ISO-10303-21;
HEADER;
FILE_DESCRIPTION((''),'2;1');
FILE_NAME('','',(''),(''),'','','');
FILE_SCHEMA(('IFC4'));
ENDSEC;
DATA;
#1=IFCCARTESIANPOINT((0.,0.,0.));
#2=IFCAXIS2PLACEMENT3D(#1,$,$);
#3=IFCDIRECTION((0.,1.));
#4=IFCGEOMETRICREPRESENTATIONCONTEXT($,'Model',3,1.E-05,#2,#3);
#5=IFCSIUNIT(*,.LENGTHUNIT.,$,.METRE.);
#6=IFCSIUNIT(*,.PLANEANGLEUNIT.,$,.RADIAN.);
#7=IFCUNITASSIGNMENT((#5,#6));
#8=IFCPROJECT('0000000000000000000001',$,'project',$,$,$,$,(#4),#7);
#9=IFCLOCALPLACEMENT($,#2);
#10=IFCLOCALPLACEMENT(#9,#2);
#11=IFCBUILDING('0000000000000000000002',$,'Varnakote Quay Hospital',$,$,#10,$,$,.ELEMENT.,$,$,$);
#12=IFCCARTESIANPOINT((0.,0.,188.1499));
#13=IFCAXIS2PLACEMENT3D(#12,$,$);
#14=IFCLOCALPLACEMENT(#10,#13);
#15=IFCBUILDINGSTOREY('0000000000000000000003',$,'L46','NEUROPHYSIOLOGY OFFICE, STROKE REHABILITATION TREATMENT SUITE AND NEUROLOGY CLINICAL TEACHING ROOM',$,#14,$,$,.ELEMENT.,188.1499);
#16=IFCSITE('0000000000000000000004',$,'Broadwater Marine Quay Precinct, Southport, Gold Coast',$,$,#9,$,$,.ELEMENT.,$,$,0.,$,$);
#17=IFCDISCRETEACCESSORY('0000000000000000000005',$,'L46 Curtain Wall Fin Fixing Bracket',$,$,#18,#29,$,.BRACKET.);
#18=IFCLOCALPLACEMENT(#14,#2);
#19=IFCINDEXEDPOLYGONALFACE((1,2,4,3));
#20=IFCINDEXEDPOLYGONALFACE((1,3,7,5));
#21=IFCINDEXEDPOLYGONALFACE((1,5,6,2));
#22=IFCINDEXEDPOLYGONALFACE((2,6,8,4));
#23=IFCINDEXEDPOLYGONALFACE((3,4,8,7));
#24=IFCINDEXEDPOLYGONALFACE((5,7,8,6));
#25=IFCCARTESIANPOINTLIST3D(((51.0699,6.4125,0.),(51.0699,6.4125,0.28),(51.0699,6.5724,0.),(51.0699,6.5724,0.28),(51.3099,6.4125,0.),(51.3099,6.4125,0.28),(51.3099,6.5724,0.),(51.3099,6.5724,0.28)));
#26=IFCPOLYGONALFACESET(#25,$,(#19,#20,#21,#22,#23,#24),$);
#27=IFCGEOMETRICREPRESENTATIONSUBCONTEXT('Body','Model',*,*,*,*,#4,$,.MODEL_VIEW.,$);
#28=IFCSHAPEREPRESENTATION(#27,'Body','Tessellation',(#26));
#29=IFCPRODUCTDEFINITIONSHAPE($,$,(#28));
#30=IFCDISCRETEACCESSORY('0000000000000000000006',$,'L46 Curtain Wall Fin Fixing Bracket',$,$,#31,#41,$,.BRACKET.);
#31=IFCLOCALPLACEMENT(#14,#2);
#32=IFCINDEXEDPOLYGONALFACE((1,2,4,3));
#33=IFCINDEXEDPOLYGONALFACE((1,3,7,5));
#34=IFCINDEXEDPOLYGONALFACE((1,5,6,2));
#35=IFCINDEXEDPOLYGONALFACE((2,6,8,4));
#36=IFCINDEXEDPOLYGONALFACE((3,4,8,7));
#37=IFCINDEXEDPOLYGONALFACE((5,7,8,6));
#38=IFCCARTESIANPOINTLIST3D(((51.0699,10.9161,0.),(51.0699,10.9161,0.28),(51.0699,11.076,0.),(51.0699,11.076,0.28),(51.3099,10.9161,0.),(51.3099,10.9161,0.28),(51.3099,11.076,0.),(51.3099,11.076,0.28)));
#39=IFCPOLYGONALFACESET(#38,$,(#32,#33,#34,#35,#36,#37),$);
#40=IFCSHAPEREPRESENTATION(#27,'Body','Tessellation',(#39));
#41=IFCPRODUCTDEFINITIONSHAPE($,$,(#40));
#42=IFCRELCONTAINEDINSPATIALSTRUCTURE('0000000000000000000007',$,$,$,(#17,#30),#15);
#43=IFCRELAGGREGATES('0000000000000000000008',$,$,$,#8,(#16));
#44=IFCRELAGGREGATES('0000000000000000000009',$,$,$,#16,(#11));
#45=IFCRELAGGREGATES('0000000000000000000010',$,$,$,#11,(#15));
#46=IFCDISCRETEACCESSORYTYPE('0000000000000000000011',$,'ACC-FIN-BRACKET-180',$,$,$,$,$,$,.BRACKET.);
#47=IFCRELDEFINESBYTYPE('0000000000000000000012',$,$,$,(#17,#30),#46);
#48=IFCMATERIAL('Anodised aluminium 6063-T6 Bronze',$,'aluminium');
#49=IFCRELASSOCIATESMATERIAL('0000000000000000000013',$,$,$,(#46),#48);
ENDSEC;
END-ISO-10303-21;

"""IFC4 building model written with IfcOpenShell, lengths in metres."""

from ifc_helpers import new_model, si_unit, direction, frame, origin, origin_2d, place, context, subcontext, project, spatial, rectangle, extrude, material, type_object, element, save


model = new_model("IFC4")

# Units and contexts
model_context = context("Model", 3, precision=1e-05, world=origin(), true_north=direction((0.0, 1.0)))
body_context = subcontext(model_context, "Body", "Model", "MODEL_VIEW")
ifc_project = project(units=[si_unit("LENGTHUNIT", "METRE"), si_unit("PLANEANGLEUNIT", "RADIAN")], contexts=[model_context])

# Site, building, storey
site_placement = place(None, origin())
site = spatial("IfcSite", under=ifc_project, at=site_placement, Name="Broadwater Marine Quay Precinct, Southport, Gold Coast", CompositionType="ELEMENT", RefElevation=0.0)
building_placement = place(site_placement, origin())
building = spatial("IfcBuilding", under=site, at=building_placement, Name="Varnakote Quay Hospital", CompositionType="ELEMENT")
storey_placement = place(building_placement, frame((0.0, 0.0, 188.1499)))
storey = spatial("IfcBuildingStorey", under=building, at=storey_placement, Name="L46", Description="NEUROPHYSIOLOGY OFFICE, STROKE REHABILITATION TREATMENT SUITE AND NEUROLOGY CLINICAL TEACHING ROOM", CompositionType="ELEMENT", Elevation=188.1499)

# Discrete accessories
ifc_material_1 = material(Name="Anodised aluminium 6063-T6 Bronze", Category="aluminium")
discrete_accessory_type = type_object("IfcDiscreteAccessoryType", Name="ACC-FIN-BRACKET-180", PredefinedType="BRACKET", material=ifc_material_1)
for number, where, z_axis, x_axis, name in (
    (1, (51.1899, 6.4924, 0.0), (0.0, 0.0, 1.0), (0.0, 1.0, 0.0), "L46 Curtain Wall Fin Fixing Bracket"),
    (2, (51.1899, 10.9961, 0.0), (0.0, 0.0, 1.0), (0.0, 1.0, 0.0), "L46 Curtain Wall Fin Fixing Bracket"),
):
    element("IfcDiscreteAccessory", number, at=place(storey_placement, frame(where, z_axis=z_axis, x_axis=x_axis)), inside=storey, type_object=discrete_accessory_type, Name=name, PredefinedType="BRACKET", context=body_context, shape_type="SweptSolid", body=[
        extrude(rectangle(XDim=0.1599, YDim=0.24, at=origin_2d()), origin(), (0.0, 0.0, 1.0), 0.28),
    ])

save(model, "model.ifc")
